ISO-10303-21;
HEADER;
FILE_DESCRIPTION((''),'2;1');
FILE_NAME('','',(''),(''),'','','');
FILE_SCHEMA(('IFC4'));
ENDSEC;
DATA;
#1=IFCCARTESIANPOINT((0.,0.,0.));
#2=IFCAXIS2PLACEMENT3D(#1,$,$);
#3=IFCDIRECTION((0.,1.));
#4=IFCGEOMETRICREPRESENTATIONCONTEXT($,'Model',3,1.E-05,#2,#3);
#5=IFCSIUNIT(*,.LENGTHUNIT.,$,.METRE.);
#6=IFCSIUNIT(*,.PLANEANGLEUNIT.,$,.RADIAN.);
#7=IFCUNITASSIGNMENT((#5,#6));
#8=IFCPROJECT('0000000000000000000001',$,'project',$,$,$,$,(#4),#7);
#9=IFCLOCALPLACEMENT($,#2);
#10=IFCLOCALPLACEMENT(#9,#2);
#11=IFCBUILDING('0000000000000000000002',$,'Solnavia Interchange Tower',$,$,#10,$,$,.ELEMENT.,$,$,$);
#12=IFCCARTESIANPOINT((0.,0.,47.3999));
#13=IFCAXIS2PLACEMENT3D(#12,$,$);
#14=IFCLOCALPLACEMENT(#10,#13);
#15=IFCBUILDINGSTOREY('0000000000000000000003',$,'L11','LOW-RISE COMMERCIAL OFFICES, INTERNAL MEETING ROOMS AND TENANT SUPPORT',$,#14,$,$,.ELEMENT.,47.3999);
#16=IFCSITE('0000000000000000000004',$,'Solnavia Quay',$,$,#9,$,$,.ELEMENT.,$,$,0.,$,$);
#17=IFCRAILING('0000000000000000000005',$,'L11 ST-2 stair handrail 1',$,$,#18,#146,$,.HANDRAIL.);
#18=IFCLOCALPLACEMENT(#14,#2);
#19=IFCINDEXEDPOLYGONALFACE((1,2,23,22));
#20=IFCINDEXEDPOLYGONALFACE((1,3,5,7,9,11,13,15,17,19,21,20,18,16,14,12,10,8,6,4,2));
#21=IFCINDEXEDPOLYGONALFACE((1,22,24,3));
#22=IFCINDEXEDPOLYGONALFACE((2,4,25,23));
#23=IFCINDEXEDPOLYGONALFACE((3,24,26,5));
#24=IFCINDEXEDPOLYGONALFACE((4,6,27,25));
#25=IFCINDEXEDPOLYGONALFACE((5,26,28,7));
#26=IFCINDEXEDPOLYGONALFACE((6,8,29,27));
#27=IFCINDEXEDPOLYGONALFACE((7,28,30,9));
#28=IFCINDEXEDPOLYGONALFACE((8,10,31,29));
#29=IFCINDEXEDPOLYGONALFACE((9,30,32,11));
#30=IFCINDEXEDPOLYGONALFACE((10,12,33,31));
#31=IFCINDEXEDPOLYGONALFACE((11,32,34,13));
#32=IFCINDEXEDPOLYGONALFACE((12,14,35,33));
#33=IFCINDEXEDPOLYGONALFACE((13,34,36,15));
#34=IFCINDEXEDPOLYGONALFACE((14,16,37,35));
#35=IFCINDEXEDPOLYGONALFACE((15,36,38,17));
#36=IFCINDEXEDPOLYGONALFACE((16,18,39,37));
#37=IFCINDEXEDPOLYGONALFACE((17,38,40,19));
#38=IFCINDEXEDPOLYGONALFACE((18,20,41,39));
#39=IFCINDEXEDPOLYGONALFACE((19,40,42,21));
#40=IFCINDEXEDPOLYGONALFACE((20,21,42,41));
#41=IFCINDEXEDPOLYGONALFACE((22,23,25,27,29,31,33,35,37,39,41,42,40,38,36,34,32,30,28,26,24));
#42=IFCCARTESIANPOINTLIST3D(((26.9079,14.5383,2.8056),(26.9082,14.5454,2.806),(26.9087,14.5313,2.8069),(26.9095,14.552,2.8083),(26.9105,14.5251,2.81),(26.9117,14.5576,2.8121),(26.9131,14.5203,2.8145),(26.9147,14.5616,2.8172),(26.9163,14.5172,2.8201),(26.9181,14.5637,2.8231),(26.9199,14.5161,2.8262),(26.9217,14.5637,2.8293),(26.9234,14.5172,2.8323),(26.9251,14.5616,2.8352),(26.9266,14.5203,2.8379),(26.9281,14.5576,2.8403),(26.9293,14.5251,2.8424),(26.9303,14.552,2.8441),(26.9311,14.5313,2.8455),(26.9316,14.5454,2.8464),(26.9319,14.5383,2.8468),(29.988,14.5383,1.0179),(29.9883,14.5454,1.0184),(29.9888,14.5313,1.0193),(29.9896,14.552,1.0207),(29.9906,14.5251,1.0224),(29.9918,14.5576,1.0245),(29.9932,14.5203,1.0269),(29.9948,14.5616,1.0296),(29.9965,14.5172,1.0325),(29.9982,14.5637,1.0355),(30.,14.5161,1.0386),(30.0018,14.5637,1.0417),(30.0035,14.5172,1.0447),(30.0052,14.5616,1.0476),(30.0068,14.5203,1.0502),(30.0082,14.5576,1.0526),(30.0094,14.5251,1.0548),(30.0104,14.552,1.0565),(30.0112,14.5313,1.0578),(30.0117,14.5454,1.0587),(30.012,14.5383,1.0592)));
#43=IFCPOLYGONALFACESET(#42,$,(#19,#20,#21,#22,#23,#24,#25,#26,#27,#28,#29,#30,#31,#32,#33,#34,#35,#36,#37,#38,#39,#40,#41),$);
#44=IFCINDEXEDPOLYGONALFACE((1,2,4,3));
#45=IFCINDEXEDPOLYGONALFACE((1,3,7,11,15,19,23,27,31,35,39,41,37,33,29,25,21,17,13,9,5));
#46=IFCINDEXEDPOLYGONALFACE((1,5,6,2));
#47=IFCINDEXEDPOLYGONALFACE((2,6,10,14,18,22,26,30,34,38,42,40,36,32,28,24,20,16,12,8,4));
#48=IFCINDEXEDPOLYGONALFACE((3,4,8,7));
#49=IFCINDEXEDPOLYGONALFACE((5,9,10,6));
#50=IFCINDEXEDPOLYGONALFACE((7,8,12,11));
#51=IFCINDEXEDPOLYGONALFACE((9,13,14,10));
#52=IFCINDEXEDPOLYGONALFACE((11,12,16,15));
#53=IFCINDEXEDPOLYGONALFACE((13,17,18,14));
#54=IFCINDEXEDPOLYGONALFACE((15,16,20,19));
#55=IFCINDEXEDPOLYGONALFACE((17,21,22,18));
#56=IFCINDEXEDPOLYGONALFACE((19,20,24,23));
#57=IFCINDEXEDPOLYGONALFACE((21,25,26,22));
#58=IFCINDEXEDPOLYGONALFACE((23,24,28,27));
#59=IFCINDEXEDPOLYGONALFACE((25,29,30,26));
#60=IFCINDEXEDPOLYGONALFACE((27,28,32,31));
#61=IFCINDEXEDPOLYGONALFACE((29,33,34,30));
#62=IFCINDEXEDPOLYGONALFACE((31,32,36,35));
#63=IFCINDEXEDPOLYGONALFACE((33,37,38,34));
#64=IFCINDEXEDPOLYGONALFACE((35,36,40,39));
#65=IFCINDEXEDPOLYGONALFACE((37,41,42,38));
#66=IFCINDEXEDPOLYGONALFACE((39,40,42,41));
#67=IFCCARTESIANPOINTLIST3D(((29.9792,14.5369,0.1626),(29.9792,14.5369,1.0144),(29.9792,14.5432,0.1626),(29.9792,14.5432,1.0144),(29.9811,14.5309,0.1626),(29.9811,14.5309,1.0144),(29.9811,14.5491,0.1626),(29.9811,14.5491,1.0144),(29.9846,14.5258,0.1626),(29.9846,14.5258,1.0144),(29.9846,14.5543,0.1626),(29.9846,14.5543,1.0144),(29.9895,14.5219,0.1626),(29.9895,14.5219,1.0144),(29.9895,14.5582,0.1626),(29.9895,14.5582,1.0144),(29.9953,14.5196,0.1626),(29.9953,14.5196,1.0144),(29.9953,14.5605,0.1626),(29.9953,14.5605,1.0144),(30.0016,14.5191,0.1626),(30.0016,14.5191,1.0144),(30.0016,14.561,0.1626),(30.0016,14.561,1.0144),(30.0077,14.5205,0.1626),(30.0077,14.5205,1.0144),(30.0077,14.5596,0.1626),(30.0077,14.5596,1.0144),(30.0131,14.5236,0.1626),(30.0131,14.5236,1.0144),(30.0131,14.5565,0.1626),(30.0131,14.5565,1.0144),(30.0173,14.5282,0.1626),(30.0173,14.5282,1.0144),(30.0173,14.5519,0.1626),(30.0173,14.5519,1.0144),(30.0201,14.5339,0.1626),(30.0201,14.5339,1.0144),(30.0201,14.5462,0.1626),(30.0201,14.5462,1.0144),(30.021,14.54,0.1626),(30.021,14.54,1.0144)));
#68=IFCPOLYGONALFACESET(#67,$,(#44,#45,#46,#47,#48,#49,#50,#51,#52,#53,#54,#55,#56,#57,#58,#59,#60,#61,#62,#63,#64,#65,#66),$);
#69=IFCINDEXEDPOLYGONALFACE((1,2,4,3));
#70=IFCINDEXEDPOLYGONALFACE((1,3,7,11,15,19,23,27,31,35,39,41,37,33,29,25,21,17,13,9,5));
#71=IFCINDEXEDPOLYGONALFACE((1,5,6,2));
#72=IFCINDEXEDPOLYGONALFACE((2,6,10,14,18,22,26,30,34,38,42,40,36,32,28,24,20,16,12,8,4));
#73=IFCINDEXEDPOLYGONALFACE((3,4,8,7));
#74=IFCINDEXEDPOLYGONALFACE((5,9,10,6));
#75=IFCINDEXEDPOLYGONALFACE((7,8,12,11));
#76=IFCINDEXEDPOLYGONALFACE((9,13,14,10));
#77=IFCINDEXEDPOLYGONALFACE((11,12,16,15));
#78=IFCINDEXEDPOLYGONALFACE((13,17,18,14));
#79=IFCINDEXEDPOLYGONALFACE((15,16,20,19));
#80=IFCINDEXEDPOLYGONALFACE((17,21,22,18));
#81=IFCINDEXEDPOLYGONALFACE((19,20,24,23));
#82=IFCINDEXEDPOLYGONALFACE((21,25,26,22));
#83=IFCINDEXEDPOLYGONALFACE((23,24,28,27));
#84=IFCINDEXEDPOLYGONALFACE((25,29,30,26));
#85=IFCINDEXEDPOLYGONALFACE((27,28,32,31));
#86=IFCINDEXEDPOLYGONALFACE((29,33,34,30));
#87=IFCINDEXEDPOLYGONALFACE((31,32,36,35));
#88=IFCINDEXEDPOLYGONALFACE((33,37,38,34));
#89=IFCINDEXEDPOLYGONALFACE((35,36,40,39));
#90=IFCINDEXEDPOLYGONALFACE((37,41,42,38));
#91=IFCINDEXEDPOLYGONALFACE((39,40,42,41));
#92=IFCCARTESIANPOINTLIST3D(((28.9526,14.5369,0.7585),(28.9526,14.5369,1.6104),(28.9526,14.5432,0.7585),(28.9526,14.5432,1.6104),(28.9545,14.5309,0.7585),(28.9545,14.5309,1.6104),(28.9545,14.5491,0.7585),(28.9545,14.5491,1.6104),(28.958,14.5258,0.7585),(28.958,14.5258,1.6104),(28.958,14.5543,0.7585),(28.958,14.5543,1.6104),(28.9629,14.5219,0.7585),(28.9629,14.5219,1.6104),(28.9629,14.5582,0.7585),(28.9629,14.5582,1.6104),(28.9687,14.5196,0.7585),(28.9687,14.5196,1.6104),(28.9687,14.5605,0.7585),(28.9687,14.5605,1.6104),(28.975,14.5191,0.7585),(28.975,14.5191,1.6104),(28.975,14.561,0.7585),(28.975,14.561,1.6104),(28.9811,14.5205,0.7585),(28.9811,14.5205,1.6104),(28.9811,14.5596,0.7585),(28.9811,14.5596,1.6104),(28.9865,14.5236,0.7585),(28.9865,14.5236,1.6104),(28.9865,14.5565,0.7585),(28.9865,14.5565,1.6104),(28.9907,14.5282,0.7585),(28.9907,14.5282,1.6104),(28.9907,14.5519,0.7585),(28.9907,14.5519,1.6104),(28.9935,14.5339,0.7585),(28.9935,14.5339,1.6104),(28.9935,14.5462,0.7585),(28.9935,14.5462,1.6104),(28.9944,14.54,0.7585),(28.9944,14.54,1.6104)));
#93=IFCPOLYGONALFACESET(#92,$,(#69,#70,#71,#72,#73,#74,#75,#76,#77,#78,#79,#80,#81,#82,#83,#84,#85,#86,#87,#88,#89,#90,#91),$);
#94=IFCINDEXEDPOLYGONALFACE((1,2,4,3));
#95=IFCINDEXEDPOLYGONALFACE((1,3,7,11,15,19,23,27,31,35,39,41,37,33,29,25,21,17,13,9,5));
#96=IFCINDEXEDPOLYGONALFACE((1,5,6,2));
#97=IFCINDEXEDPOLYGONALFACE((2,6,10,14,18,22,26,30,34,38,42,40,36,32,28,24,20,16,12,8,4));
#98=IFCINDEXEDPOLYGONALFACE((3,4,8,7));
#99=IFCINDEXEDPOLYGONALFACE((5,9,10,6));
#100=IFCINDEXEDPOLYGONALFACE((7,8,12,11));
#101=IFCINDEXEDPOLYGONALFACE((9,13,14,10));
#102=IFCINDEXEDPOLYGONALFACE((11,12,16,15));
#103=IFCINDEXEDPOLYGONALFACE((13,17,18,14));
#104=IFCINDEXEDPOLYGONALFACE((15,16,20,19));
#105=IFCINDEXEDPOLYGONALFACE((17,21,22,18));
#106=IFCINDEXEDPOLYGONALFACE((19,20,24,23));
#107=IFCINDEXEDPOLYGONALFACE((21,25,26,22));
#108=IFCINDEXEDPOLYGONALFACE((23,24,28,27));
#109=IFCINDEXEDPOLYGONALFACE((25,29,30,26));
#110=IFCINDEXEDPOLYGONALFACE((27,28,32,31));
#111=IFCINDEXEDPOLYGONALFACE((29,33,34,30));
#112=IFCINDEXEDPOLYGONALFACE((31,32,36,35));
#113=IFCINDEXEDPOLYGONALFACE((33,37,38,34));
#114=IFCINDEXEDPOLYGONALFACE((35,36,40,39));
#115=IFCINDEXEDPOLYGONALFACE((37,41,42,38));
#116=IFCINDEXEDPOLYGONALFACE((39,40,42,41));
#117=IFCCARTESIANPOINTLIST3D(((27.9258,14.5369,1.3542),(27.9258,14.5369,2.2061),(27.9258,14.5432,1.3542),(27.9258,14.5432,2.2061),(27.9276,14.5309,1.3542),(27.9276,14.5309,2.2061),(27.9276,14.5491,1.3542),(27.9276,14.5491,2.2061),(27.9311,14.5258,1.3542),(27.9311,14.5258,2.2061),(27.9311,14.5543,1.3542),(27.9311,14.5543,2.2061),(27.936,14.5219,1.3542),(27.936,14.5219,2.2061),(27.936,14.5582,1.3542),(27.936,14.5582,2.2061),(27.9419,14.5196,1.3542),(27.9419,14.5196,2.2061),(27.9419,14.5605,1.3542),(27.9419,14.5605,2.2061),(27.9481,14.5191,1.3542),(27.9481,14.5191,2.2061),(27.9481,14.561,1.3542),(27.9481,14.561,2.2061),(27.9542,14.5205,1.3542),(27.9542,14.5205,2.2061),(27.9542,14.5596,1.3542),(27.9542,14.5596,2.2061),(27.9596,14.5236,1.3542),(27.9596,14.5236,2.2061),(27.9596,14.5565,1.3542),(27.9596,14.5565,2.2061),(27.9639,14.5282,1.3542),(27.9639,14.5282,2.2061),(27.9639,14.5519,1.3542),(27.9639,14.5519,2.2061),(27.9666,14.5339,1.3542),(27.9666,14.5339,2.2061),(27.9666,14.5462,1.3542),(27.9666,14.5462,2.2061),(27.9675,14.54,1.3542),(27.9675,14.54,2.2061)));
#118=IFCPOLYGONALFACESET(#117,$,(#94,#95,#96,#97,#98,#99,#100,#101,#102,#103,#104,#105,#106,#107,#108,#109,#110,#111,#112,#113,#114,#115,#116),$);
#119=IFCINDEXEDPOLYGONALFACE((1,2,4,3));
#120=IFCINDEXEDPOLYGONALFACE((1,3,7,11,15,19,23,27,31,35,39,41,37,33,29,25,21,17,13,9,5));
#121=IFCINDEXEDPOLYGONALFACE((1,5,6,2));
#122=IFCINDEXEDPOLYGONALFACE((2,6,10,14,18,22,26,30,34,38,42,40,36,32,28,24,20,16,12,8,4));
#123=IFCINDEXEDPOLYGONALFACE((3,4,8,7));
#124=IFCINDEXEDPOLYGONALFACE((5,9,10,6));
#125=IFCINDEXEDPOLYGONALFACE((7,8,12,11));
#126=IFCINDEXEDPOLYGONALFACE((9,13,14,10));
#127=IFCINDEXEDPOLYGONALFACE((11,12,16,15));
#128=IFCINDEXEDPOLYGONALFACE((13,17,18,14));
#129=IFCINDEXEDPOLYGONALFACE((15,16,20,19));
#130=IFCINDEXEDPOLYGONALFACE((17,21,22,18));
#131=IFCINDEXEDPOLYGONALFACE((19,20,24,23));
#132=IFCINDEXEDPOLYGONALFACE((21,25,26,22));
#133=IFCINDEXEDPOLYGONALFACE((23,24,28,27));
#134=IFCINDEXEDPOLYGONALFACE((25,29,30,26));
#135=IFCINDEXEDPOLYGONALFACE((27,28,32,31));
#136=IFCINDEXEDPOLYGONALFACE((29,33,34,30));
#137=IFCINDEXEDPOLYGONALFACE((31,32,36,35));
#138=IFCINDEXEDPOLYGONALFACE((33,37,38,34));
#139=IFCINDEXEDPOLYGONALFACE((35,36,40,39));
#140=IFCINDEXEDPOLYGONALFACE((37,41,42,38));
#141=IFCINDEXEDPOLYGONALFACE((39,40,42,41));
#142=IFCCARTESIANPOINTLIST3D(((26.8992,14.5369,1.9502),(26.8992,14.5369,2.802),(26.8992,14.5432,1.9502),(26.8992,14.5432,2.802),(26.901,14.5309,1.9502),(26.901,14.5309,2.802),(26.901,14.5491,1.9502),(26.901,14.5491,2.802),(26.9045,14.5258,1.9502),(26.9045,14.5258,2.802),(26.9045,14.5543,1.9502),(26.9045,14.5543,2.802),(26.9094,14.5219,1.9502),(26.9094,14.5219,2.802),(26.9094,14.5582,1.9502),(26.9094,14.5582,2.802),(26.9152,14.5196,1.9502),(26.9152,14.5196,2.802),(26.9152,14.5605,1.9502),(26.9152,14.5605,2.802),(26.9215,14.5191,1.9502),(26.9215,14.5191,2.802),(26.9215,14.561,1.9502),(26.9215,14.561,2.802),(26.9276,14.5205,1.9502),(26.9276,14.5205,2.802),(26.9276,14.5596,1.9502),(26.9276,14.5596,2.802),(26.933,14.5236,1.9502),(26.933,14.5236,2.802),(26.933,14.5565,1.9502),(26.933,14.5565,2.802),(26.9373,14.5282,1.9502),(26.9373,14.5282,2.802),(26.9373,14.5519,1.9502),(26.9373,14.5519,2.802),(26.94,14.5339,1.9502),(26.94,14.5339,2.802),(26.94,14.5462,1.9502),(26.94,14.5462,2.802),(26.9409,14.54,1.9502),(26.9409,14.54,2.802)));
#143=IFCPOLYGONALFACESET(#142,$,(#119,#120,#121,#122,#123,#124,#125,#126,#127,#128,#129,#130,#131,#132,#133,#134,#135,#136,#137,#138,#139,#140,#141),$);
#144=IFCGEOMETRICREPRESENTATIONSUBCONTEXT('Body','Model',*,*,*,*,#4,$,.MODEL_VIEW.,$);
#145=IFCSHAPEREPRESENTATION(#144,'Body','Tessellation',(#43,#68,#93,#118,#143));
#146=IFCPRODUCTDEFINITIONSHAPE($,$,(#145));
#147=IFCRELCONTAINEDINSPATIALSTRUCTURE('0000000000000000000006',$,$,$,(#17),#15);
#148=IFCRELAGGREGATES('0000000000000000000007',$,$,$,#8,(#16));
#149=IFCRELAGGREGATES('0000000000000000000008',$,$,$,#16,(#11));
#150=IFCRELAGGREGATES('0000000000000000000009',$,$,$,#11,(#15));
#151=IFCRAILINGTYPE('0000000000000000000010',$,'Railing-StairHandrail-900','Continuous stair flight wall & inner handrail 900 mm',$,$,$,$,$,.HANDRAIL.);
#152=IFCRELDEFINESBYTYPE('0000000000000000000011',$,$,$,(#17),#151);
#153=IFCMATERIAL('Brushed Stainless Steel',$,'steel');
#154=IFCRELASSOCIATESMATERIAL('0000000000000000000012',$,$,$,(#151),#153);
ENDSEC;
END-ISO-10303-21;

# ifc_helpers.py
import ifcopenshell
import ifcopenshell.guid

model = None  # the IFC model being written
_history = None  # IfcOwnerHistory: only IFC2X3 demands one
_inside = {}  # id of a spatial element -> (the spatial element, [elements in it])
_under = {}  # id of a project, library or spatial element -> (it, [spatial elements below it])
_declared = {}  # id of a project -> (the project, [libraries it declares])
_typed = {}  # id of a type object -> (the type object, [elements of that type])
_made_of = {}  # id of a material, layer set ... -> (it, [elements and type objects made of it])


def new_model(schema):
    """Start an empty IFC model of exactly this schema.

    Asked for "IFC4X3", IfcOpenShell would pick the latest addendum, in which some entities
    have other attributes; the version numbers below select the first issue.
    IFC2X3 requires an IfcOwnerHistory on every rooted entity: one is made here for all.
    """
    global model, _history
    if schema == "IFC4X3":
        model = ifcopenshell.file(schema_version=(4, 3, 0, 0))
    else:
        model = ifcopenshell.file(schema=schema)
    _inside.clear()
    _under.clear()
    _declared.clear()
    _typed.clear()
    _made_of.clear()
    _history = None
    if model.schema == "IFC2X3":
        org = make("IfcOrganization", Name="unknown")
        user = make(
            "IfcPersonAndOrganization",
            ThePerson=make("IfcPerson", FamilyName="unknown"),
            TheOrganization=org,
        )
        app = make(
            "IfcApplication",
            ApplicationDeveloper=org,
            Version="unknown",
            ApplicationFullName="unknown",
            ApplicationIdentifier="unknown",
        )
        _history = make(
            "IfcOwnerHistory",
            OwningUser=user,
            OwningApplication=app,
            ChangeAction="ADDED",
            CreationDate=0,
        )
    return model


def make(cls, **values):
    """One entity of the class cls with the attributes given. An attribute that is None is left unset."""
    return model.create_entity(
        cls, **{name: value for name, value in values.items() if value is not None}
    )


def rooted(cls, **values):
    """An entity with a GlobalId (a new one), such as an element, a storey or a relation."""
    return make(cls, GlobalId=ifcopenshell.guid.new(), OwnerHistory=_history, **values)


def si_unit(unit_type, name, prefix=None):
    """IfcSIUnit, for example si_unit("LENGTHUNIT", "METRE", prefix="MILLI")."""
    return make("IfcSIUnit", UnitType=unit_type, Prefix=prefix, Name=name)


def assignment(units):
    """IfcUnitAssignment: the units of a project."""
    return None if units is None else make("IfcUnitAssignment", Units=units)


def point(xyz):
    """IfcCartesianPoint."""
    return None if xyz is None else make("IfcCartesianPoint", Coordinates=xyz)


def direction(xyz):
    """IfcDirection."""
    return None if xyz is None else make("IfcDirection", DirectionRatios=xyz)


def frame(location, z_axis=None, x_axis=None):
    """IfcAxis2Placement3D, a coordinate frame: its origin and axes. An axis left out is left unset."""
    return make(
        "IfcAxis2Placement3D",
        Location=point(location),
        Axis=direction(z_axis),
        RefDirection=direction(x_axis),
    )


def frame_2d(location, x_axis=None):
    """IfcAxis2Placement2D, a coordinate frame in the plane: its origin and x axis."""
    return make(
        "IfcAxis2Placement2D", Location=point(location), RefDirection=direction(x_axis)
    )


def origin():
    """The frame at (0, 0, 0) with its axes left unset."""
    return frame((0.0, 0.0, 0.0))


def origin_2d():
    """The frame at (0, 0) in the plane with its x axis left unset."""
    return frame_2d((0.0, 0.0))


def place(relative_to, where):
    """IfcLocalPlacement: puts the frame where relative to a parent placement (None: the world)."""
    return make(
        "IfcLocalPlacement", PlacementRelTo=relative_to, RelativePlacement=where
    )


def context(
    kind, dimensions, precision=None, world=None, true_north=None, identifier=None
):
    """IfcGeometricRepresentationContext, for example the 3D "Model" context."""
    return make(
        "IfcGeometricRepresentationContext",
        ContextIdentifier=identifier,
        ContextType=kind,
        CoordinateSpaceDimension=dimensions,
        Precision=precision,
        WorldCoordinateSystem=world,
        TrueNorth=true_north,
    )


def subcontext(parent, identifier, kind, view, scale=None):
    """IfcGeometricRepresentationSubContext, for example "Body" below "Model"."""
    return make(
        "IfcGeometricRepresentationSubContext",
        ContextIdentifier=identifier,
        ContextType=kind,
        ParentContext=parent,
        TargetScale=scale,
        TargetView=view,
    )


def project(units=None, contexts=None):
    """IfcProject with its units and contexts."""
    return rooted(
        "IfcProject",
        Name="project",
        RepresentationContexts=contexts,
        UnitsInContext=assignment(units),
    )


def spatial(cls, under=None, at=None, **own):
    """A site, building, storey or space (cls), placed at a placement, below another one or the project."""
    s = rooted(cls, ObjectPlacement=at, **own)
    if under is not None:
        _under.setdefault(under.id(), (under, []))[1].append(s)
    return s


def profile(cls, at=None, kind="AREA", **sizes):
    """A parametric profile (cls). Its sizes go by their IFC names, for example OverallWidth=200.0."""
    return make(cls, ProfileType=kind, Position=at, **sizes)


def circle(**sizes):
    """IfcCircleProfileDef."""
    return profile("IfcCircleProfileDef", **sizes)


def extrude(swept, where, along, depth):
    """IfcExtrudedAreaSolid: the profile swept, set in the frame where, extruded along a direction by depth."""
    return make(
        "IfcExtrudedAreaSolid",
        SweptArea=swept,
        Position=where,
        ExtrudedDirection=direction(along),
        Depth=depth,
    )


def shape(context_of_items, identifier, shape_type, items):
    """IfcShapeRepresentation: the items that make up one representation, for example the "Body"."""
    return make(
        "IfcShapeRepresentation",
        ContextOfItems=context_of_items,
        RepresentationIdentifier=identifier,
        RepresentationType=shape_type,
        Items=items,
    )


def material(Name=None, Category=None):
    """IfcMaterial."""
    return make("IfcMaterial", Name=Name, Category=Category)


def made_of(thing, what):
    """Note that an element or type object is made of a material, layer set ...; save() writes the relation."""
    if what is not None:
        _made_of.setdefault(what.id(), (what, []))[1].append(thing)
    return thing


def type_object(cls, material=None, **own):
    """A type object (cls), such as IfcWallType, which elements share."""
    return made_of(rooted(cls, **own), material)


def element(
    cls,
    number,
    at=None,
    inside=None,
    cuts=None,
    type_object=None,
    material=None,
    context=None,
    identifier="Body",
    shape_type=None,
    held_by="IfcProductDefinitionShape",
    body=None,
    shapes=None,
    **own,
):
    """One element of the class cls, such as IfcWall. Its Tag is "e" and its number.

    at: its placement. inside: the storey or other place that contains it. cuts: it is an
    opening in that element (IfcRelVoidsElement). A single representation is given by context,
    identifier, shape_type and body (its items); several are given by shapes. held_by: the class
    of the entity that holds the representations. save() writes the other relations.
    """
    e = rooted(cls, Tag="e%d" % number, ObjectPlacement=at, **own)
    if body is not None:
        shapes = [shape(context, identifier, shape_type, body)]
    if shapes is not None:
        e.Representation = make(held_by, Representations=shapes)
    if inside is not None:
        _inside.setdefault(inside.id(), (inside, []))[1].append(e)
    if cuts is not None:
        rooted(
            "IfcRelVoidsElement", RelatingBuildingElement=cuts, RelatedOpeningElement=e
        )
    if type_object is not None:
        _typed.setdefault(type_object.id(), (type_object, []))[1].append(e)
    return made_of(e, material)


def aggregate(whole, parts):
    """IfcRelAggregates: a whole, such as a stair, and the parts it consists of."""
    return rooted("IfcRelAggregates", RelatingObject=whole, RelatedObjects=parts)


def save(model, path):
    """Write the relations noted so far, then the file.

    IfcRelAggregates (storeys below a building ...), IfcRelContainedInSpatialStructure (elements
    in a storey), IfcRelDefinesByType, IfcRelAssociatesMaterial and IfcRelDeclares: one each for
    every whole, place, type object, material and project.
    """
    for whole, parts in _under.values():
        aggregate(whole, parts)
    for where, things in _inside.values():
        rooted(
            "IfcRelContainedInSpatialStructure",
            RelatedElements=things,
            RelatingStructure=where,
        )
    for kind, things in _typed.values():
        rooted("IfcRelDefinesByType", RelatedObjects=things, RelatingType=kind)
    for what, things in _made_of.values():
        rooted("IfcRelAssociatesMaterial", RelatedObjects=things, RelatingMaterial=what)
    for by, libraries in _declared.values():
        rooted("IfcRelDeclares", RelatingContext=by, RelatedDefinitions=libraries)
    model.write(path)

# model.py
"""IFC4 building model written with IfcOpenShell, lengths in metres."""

from ifc_helpers import new_model, si_unit, direction, frame, origin, origin_2d, place, context, subcontext, project, spatial, circle, extrude, material, type_object, element, save


model = new_model("IFC4")

# Units and contexts
model_context = context("Model", 3, precision=1e-05, world=origin(), true_north=direction((0.0, 1.0)))
body_context = subcontext(model_context, "Body", "Model", "MODEL_VIEW")
ifc_project = project(units=[si_unit("LENGTHUNIT", "METRE"), si_unit("PLANEANGLEUNIT", "RADIAN")], contexts=[model_context])

# Site, building, storey
site_placement = place(None, origin())
site = spatial("IfcSite", under=ifc_project, at=site_placement, Name="Solnavia Quay", CompositionType="ELEMENT", RefElevation=0.0)
building_placement = place(site_placement, origin())
building = spatial("IfcBuilding", under=site, at=building_placement, Name="Solnavia Interchange Tower", CompositionType="ELEMENT")
storey_placement = place(building_placement, frame((0.0, 0.0, 47.3999)))
storey = spatial("IfcBuildingStorey", under=building, at=storey_placement, Name="L11", Description="LOW-RISE COMMERCIAL OFFICES, INTERNAL MEETING ROOMS AND TENANT SUPPORT", CompositionType="ELEMENT", Elevation=47.3999)

# Railing
ifc_material_1 = material(Name="Brushed Stainless Steel", Category="steel")
railing_type_1 = type_object("IfcRailingType", Name="Railing-StairHandrail-900", Description="Continuous stair flight wall & inner handrail 900 mm", PredefinedType="HANDRAIL", material=ifc_material_1)
railing_1_placement = place(storey_placement, frame((30.0, 14.54, 0.1626)))
element("IfcRailing", 1, at=railing_1_placement, inside=storey, type_object=railing_type_1, Name="L11 ST-2 stair handrail 1", PredefinedType="HANDRAIL", context=body_context, shape_type="SweptSolid", body=[
    extrude(circle(Radius=0.0239, at=origin_2d()), frame((0.0, 0.0, 0.876), z_axis=(-0.864891, 0.0, 0.50196), x_axis=(0.0, -1.0, 0.0)), (0.0, 0.0, 1.0), 3.5613),
    extrude(circle(Radius=0.021, at=origin_2d()), origin(), (0.0, 0.0, 1.0), 0.8518),
    extrude(circle(Radius=0.021, at=origin_2d()), frame((-1.0266, 0.0, 0.5959)), (0.0, 0.0, 1.0), 0.8518),
    extrude(circle(Radius=0.021, at=origin_2d()), frame((-2.0535, 0.0, 1.1917)), (0.0, 0.0, 1.0), 0.8518),
    extrude(circle(Radius=0.021, at=origin_2d()), frame((-3.0801, 0.0, 1.7876)), (0.0, 0.0, 1.0), 0.8518),
])

save(model, "model.ifc")
